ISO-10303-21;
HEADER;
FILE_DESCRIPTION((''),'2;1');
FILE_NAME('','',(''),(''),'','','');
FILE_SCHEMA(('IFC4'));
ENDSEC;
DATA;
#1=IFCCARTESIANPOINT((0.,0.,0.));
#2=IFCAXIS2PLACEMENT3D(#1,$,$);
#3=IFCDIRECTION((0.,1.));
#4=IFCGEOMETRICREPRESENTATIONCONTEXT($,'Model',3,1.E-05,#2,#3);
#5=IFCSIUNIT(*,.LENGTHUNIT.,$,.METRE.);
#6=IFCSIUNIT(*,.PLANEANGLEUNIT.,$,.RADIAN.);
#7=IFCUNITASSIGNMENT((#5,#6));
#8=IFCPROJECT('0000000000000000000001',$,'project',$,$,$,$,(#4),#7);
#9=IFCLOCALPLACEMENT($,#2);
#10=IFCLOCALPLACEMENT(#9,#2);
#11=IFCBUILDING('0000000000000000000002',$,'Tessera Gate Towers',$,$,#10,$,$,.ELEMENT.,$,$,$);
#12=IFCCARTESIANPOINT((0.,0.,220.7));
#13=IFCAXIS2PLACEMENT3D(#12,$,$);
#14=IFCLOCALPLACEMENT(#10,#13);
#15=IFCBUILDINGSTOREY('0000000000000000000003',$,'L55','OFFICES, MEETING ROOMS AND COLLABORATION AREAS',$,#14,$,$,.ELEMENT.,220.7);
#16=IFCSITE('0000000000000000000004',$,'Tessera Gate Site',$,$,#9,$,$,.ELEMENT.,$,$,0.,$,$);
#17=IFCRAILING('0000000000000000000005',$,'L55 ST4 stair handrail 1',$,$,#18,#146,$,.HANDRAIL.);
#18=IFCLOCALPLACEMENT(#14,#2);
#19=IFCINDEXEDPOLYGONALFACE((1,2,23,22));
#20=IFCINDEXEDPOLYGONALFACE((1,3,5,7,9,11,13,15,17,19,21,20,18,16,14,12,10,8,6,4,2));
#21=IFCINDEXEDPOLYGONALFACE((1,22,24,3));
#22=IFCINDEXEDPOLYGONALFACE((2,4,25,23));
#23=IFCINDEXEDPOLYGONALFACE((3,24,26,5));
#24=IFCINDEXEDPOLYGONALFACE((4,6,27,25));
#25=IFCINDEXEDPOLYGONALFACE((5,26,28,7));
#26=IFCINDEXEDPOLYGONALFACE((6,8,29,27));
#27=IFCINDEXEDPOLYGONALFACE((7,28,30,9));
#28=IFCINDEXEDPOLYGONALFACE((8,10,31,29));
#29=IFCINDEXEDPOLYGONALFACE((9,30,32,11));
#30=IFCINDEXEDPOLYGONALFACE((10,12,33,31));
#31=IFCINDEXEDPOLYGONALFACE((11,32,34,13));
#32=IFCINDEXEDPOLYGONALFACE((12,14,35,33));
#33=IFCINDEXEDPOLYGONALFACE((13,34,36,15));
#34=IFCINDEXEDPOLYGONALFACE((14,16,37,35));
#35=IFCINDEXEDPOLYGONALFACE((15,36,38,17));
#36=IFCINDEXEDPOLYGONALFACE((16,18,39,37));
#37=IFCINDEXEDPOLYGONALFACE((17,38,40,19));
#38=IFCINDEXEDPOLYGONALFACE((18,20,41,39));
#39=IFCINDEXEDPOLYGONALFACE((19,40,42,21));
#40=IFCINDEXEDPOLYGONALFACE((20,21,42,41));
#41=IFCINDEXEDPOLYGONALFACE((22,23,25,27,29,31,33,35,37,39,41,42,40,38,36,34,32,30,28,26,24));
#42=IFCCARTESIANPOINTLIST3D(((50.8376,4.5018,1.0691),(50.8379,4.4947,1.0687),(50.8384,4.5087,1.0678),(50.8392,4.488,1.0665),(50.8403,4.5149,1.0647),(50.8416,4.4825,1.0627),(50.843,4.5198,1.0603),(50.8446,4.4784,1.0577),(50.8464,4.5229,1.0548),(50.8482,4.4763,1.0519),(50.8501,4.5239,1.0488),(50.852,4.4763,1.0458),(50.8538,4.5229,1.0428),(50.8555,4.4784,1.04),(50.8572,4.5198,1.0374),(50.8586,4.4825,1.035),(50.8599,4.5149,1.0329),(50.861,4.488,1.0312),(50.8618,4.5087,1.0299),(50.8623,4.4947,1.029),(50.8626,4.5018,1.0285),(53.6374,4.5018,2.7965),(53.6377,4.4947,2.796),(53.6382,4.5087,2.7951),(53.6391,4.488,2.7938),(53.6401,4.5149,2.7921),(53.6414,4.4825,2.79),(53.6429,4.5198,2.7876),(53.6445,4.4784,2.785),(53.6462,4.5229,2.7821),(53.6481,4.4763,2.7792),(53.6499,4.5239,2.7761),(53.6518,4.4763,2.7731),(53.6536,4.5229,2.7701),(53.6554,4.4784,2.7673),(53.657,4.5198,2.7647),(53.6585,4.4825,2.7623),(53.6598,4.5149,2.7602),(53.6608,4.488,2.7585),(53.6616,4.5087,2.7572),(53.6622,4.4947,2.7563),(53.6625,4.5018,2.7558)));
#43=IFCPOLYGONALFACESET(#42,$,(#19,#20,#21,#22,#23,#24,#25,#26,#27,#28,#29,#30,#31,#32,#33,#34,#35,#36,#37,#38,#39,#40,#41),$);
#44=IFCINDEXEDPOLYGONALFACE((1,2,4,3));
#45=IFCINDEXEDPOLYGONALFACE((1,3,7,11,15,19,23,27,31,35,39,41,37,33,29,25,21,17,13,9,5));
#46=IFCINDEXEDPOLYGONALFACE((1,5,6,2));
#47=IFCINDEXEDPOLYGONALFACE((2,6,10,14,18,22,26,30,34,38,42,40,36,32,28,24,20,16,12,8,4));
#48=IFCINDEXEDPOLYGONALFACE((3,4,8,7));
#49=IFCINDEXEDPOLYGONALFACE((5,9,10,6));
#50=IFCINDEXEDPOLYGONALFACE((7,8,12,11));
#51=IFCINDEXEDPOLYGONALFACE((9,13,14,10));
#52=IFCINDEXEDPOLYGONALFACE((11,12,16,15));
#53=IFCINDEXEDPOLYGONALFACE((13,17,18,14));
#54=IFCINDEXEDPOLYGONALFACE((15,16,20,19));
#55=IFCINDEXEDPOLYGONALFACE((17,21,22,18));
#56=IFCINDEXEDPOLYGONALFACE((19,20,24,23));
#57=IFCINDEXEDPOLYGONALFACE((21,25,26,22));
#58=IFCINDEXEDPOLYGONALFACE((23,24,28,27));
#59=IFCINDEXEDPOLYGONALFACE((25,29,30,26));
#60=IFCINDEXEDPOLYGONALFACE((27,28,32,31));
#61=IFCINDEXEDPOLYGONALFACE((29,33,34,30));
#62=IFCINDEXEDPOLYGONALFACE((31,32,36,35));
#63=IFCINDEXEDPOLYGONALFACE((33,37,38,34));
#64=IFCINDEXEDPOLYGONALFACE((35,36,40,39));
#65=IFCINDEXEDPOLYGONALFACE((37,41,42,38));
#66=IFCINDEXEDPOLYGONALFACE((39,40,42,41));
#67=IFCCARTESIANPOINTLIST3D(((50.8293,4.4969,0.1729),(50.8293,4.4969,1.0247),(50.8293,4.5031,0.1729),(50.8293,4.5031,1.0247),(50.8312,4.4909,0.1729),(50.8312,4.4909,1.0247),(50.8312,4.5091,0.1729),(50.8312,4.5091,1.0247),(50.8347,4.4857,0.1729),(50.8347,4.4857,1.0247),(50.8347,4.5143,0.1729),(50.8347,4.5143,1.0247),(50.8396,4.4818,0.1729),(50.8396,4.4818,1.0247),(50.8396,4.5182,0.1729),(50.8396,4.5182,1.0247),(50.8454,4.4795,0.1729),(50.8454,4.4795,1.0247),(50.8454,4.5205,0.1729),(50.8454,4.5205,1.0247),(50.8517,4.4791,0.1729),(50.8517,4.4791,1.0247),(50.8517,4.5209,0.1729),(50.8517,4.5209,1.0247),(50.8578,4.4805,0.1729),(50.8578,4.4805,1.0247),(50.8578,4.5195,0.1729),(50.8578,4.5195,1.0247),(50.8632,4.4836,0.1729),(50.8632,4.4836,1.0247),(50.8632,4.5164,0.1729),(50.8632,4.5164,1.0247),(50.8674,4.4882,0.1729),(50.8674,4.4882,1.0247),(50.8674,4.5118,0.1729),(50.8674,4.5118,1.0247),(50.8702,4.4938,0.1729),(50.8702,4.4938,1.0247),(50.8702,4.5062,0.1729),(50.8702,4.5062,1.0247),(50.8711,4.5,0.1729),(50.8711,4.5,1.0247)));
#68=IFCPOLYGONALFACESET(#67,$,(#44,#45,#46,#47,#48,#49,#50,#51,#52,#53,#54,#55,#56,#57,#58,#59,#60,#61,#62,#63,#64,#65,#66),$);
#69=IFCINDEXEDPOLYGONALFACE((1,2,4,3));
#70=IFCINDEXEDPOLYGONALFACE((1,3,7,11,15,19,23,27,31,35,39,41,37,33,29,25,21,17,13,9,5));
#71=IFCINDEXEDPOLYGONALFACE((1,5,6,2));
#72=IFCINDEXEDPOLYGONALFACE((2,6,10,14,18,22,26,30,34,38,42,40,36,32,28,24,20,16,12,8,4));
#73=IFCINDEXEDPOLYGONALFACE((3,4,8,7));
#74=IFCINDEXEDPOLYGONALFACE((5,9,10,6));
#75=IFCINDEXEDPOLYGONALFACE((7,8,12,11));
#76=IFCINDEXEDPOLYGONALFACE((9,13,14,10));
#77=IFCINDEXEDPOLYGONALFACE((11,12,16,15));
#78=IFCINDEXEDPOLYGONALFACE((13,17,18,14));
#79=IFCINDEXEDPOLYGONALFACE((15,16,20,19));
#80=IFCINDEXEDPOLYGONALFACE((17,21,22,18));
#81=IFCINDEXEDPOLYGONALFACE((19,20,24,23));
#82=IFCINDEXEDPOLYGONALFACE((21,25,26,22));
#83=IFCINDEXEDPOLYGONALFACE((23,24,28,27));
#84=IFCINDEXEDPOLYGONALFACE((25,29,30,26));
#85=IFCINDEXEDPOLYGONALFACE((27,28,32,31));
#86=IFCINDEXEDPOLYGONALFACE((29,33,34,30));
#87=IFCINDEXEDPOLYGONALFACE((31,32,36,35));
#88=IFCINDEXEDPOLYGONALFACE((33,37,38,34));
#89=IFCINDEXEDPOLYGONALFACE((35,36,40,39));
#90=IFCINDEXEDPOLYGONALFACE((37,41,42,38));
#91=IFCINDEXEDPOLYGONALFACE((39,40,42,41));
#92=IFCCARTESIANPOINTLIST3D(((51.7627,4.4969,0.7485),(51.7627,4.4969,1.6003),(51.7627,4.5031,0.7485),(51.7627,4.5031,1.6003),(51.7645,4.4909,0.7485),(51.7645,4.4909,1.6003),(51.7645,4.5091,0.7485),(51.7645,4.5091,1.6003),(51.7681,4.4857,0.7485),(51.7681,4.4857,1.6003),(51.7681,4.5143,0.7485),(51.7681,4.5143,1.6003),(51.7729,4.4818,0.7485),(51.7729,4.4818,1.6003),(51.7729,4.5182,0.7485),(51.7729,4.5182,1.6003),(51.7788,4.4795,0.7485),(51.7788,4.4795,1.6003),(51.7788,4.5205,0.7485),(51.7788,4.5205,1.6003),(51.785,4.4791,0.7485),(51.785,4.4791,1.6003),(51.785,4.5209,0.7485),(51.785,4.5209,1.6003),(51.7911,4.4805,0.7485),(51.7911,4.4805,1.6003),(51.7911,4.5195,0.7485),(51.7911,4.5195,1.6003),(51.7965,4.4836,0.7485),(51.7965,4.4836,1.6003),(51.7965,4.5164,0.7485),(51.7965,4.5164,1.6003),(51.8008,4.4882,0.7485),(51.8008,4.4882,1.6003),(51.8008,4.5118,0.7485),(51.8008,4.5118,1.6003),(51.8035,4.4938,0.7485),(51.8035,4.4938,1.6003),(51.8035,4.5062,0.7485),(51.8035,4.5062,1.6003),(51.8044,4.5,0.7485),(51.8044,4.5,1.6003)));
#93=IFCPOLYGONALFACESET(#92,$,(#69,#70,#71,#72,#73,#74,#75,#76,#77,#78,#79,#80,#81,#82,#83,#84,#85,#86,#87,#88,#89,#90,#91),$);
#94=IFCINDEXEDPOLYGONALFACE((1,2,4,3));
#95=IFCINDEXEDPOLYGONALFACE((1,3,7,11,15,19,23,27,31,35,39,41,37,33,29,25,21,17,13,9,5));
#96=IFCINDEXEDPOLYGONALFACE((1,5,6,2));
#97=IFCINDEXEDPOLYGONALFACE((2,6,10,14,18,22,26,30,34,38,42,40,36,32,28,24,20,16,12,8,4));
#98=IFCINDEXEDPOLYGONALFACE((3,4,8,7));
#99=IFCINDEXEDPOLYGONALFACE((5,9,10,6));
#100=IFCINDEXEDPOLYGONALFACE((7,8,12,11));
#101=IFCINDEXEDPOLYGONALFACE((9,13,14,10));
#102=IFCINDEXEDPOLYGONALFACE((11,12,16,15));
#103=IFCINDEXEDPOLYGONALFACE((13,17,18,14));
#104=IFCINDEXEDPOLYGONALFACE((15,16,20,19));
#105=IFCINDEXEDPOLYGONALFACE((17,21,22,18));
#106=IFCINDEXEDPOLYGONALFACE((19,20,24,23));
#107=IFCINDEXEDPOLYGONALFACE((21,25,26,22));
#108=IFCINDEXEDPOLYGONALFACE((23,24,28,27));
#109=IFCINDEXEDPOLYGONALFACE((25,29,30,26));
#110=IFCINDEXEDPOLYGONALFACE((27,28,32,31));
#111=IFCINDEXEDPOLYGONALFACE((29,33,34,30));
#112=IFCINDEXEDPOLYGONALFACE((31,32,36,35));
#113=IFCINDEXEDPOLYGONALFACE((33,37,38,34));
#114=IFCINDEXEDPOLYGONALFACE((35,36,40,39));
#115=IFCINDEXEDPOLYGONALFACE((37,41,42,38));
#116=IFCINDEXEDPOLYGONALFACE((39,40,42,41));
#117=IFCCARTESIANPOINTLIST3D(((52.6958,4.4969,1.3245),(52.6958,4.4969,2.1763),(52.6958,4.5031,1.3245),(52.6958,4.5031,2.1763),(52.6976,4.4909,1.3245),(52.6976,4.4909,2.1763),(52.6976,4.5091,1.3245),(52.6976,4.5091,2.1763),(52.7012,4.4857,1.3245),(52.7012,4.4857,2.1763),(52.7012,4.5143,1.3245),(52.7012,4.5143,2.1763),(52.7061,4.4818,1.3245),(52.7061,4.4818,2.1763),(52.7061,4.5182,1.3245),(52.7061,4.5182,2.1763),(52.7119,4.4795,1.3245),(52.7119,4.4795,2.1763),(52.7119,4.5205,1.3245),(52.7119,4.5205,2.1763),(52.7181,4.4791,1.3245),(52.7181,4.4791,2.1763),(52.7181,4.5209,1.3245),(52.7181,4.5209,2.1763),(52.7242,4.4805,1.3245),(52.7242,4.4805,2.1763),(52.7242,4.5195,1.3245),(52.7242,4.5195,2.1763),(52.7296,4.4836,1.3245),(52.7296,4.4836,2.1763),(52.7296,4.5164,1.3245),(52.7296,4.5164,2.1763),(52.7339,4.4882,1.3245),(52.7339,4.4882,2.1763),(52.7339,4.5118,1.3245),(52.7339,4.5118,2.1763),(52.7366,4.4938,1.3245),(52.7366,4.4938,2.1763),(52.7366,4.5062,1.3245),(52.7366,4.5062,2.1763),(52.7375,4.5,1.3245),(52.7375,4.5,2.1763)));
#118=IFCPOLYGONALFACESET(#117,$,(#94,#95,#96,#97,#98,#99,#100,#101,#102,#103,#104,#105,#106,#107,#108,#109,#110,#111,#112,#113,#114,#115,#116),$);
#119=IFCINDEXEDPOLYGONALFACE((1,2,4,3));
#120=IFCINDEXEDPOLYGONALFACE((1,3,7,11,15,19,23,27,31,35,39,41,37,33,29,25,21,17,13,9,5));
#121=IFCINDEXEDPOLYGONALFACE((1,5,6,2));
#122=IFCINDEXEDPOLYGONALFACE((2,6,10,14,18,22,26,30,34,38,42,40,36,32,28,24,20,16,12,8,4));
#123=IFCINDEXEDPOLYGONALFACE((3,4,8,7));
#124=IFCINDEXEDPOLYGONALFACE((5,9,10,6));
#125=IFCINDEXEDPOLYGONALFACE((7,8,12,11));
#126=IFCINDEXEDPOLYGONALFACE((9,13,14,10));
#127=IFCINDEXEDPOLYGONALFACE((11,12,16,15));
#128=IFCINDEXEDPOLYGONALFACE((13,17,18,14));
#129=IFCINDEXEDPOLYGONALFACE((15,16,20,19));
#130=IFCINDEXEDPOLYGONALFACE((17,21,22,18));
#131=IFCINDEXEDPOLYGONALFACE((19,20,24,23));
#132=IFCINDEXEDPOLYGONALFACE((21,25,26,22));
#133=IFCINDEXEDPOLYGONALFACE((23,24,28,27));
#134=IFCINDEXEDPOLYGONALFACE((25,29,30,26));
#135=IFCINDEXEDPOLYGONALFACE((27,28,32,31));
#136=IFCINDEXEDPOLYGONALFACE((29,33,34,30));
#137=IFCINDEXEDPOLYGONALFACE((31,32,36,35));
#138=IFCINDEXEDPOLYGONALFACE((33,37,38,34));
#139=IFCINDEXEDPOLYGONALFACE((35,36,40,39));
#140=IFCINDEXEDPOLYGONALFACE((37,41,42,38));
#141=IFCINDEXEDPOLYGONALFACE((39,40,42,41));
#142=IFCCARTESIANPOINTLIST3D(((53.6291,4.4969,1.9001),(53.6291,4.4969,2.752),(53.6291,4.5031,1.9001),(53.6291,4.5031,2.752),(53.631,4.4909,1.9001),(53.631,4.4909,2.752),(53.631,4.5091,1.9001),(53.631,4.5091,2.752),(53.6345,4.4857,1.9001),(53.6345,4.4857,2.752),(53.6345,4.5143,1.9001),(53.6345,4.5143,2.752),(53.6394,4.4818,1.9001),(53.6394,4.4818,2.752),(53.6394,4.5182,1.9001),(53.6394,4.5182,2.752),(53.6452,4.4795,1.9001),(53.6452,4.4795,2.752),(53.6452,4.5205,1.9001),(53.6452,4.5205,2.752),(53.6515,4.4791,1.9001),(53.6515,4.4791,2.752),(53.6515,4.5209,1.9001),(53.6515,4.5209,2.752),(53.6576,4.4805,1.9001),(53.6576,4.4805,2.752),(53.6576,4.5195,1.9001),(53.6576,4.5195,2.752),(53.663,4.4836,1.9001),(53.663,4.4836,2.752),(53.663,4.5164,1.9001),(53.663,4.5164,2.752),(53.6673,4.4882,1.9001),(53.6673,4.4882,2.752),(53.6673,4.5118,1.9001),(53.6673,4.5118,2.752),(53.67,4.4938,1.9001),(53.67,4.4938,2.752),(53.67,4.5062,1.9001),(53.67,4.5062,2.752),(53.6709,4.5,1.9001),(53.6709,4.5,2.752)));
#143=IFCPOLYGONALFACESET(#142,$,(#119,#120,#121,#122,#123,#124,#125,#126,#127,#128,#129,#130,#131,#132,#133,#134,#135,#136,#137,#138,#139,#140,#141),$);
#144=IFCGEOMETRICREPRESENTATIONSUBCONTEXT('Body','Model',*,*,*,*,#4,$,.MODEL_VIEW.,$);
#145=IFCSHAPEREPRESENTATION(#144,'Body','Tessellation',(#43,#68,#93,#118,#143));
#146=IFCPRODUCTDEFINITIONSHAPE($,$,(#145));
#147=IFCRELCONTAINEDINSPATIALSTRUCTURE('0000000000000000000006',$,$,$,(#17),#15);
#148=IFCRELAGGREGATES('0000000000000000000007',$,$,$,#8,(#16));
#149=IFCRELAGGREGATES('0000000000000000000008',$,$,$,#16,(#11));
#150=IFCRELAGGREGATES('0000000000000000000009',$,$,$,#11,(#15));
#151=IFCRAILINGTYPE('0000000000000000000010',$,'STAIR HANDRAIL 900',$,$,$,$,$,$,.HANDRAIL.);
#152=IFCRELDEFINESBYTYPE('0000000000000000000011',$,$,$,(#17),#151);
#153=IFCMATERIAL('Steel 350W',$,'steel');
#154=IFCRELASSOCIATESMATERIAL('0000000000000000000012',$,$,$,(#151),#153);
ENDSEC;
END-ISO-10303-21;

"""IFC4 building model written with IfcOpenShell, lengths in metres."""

from ifc_helpers import new_model, si_unit, direction, frame, origin, origin_2d, place, context, subcontext, project, spatial, circle, extrude, material, type_object, element, save


model = new_model("IFC4")

# Units and contexts
model_context = context("Model", 3, precision=1e-05, world=origin(), true_north=direction((0.0, 1.0)))
body_context = subcontext(model_context, "Body", "Model", "MODEL_VIEW")
ifc_project = project(units=[si_unit("LENGTHUNIT", "METRE"), si_unit("PLANEANGLEUNIT", "RADIAN")], contexts=[model_context])

# Site, building, storey
site_placement = place(None, origin())
site = spatial("IfcSite", under=ifc_project, at=site_placement, Name="Tessera Gate Site", CompositionType="ELEMENT", RefElevation=0.0)
building_placement = place(site_placement, origin())
building = spatial("IfcBuilding", under=site, at=building_placement, Name="Tessera Gate Towers", CompositionType="ELEMENT")
storey_placement = place(building_placement, frame((0.0, 0.0, 220.7)))
storey = spatial("IfcBuildingStorey", under=building, at=storey_placement, Name="L55", Description="OFFICES, MEETING ROOMS AND COLLABORATION AREAS", CompositionType="ELEMENT", Elevation=220.7)

# Railing
ifc_material_1 = material(Name="Steel 350W", Category="steel")
railing_type_1 = type_object("IfcRailingType", Name="STAIR HANDRAIL 900", PredefinedType="HANDRAIL", material=ifc_material_1)
railing_1_placement = place(storey_placement, frame((50.8501, 4.5, 0.1729)))
element("IfcRailing", 1, at=railing_1_placement, inside=storey, type_object=railing_type_1, Name="L55 ST4 stair handrail 1", PredefinedType="HANDRAIL", context=body_context, shape_type="SweptSolid", body=[
    extrude(circle(Radius=0.0239, at=origin_2d()), frame((0.0, 0.0, 0.876), z_axis=(0.851069, 0.0, 0.525054), x_axis=(0.0, 1.0, 0.0)), (0.0, 0.0, 1.0), 3.2898),
    extrude(circle(Radius=0.021, at=origin_2d()), origin(), (0.0, 0.0, 1.0), 0.8518),
    extrude(circle(Radius=0.021, at=origin_2d()), frame((0.9333, 0.0, 0.5757)), (0.0, 0.0, 1.0), 0.8518),
    extrude(circle(Radius=0.021, at=origin_2d()), frame((1.8665, 0.0, 1.1516)), (0.0, 0.0, 1.0), 0.8518),
    extrude(circle(Radius=0.021, at=origin_2d()), frame((2.7998, 0.0, 1.7273)), (0.0, 0.0, 1.0), 0.8518),
])

save(model, "model.ifc")
